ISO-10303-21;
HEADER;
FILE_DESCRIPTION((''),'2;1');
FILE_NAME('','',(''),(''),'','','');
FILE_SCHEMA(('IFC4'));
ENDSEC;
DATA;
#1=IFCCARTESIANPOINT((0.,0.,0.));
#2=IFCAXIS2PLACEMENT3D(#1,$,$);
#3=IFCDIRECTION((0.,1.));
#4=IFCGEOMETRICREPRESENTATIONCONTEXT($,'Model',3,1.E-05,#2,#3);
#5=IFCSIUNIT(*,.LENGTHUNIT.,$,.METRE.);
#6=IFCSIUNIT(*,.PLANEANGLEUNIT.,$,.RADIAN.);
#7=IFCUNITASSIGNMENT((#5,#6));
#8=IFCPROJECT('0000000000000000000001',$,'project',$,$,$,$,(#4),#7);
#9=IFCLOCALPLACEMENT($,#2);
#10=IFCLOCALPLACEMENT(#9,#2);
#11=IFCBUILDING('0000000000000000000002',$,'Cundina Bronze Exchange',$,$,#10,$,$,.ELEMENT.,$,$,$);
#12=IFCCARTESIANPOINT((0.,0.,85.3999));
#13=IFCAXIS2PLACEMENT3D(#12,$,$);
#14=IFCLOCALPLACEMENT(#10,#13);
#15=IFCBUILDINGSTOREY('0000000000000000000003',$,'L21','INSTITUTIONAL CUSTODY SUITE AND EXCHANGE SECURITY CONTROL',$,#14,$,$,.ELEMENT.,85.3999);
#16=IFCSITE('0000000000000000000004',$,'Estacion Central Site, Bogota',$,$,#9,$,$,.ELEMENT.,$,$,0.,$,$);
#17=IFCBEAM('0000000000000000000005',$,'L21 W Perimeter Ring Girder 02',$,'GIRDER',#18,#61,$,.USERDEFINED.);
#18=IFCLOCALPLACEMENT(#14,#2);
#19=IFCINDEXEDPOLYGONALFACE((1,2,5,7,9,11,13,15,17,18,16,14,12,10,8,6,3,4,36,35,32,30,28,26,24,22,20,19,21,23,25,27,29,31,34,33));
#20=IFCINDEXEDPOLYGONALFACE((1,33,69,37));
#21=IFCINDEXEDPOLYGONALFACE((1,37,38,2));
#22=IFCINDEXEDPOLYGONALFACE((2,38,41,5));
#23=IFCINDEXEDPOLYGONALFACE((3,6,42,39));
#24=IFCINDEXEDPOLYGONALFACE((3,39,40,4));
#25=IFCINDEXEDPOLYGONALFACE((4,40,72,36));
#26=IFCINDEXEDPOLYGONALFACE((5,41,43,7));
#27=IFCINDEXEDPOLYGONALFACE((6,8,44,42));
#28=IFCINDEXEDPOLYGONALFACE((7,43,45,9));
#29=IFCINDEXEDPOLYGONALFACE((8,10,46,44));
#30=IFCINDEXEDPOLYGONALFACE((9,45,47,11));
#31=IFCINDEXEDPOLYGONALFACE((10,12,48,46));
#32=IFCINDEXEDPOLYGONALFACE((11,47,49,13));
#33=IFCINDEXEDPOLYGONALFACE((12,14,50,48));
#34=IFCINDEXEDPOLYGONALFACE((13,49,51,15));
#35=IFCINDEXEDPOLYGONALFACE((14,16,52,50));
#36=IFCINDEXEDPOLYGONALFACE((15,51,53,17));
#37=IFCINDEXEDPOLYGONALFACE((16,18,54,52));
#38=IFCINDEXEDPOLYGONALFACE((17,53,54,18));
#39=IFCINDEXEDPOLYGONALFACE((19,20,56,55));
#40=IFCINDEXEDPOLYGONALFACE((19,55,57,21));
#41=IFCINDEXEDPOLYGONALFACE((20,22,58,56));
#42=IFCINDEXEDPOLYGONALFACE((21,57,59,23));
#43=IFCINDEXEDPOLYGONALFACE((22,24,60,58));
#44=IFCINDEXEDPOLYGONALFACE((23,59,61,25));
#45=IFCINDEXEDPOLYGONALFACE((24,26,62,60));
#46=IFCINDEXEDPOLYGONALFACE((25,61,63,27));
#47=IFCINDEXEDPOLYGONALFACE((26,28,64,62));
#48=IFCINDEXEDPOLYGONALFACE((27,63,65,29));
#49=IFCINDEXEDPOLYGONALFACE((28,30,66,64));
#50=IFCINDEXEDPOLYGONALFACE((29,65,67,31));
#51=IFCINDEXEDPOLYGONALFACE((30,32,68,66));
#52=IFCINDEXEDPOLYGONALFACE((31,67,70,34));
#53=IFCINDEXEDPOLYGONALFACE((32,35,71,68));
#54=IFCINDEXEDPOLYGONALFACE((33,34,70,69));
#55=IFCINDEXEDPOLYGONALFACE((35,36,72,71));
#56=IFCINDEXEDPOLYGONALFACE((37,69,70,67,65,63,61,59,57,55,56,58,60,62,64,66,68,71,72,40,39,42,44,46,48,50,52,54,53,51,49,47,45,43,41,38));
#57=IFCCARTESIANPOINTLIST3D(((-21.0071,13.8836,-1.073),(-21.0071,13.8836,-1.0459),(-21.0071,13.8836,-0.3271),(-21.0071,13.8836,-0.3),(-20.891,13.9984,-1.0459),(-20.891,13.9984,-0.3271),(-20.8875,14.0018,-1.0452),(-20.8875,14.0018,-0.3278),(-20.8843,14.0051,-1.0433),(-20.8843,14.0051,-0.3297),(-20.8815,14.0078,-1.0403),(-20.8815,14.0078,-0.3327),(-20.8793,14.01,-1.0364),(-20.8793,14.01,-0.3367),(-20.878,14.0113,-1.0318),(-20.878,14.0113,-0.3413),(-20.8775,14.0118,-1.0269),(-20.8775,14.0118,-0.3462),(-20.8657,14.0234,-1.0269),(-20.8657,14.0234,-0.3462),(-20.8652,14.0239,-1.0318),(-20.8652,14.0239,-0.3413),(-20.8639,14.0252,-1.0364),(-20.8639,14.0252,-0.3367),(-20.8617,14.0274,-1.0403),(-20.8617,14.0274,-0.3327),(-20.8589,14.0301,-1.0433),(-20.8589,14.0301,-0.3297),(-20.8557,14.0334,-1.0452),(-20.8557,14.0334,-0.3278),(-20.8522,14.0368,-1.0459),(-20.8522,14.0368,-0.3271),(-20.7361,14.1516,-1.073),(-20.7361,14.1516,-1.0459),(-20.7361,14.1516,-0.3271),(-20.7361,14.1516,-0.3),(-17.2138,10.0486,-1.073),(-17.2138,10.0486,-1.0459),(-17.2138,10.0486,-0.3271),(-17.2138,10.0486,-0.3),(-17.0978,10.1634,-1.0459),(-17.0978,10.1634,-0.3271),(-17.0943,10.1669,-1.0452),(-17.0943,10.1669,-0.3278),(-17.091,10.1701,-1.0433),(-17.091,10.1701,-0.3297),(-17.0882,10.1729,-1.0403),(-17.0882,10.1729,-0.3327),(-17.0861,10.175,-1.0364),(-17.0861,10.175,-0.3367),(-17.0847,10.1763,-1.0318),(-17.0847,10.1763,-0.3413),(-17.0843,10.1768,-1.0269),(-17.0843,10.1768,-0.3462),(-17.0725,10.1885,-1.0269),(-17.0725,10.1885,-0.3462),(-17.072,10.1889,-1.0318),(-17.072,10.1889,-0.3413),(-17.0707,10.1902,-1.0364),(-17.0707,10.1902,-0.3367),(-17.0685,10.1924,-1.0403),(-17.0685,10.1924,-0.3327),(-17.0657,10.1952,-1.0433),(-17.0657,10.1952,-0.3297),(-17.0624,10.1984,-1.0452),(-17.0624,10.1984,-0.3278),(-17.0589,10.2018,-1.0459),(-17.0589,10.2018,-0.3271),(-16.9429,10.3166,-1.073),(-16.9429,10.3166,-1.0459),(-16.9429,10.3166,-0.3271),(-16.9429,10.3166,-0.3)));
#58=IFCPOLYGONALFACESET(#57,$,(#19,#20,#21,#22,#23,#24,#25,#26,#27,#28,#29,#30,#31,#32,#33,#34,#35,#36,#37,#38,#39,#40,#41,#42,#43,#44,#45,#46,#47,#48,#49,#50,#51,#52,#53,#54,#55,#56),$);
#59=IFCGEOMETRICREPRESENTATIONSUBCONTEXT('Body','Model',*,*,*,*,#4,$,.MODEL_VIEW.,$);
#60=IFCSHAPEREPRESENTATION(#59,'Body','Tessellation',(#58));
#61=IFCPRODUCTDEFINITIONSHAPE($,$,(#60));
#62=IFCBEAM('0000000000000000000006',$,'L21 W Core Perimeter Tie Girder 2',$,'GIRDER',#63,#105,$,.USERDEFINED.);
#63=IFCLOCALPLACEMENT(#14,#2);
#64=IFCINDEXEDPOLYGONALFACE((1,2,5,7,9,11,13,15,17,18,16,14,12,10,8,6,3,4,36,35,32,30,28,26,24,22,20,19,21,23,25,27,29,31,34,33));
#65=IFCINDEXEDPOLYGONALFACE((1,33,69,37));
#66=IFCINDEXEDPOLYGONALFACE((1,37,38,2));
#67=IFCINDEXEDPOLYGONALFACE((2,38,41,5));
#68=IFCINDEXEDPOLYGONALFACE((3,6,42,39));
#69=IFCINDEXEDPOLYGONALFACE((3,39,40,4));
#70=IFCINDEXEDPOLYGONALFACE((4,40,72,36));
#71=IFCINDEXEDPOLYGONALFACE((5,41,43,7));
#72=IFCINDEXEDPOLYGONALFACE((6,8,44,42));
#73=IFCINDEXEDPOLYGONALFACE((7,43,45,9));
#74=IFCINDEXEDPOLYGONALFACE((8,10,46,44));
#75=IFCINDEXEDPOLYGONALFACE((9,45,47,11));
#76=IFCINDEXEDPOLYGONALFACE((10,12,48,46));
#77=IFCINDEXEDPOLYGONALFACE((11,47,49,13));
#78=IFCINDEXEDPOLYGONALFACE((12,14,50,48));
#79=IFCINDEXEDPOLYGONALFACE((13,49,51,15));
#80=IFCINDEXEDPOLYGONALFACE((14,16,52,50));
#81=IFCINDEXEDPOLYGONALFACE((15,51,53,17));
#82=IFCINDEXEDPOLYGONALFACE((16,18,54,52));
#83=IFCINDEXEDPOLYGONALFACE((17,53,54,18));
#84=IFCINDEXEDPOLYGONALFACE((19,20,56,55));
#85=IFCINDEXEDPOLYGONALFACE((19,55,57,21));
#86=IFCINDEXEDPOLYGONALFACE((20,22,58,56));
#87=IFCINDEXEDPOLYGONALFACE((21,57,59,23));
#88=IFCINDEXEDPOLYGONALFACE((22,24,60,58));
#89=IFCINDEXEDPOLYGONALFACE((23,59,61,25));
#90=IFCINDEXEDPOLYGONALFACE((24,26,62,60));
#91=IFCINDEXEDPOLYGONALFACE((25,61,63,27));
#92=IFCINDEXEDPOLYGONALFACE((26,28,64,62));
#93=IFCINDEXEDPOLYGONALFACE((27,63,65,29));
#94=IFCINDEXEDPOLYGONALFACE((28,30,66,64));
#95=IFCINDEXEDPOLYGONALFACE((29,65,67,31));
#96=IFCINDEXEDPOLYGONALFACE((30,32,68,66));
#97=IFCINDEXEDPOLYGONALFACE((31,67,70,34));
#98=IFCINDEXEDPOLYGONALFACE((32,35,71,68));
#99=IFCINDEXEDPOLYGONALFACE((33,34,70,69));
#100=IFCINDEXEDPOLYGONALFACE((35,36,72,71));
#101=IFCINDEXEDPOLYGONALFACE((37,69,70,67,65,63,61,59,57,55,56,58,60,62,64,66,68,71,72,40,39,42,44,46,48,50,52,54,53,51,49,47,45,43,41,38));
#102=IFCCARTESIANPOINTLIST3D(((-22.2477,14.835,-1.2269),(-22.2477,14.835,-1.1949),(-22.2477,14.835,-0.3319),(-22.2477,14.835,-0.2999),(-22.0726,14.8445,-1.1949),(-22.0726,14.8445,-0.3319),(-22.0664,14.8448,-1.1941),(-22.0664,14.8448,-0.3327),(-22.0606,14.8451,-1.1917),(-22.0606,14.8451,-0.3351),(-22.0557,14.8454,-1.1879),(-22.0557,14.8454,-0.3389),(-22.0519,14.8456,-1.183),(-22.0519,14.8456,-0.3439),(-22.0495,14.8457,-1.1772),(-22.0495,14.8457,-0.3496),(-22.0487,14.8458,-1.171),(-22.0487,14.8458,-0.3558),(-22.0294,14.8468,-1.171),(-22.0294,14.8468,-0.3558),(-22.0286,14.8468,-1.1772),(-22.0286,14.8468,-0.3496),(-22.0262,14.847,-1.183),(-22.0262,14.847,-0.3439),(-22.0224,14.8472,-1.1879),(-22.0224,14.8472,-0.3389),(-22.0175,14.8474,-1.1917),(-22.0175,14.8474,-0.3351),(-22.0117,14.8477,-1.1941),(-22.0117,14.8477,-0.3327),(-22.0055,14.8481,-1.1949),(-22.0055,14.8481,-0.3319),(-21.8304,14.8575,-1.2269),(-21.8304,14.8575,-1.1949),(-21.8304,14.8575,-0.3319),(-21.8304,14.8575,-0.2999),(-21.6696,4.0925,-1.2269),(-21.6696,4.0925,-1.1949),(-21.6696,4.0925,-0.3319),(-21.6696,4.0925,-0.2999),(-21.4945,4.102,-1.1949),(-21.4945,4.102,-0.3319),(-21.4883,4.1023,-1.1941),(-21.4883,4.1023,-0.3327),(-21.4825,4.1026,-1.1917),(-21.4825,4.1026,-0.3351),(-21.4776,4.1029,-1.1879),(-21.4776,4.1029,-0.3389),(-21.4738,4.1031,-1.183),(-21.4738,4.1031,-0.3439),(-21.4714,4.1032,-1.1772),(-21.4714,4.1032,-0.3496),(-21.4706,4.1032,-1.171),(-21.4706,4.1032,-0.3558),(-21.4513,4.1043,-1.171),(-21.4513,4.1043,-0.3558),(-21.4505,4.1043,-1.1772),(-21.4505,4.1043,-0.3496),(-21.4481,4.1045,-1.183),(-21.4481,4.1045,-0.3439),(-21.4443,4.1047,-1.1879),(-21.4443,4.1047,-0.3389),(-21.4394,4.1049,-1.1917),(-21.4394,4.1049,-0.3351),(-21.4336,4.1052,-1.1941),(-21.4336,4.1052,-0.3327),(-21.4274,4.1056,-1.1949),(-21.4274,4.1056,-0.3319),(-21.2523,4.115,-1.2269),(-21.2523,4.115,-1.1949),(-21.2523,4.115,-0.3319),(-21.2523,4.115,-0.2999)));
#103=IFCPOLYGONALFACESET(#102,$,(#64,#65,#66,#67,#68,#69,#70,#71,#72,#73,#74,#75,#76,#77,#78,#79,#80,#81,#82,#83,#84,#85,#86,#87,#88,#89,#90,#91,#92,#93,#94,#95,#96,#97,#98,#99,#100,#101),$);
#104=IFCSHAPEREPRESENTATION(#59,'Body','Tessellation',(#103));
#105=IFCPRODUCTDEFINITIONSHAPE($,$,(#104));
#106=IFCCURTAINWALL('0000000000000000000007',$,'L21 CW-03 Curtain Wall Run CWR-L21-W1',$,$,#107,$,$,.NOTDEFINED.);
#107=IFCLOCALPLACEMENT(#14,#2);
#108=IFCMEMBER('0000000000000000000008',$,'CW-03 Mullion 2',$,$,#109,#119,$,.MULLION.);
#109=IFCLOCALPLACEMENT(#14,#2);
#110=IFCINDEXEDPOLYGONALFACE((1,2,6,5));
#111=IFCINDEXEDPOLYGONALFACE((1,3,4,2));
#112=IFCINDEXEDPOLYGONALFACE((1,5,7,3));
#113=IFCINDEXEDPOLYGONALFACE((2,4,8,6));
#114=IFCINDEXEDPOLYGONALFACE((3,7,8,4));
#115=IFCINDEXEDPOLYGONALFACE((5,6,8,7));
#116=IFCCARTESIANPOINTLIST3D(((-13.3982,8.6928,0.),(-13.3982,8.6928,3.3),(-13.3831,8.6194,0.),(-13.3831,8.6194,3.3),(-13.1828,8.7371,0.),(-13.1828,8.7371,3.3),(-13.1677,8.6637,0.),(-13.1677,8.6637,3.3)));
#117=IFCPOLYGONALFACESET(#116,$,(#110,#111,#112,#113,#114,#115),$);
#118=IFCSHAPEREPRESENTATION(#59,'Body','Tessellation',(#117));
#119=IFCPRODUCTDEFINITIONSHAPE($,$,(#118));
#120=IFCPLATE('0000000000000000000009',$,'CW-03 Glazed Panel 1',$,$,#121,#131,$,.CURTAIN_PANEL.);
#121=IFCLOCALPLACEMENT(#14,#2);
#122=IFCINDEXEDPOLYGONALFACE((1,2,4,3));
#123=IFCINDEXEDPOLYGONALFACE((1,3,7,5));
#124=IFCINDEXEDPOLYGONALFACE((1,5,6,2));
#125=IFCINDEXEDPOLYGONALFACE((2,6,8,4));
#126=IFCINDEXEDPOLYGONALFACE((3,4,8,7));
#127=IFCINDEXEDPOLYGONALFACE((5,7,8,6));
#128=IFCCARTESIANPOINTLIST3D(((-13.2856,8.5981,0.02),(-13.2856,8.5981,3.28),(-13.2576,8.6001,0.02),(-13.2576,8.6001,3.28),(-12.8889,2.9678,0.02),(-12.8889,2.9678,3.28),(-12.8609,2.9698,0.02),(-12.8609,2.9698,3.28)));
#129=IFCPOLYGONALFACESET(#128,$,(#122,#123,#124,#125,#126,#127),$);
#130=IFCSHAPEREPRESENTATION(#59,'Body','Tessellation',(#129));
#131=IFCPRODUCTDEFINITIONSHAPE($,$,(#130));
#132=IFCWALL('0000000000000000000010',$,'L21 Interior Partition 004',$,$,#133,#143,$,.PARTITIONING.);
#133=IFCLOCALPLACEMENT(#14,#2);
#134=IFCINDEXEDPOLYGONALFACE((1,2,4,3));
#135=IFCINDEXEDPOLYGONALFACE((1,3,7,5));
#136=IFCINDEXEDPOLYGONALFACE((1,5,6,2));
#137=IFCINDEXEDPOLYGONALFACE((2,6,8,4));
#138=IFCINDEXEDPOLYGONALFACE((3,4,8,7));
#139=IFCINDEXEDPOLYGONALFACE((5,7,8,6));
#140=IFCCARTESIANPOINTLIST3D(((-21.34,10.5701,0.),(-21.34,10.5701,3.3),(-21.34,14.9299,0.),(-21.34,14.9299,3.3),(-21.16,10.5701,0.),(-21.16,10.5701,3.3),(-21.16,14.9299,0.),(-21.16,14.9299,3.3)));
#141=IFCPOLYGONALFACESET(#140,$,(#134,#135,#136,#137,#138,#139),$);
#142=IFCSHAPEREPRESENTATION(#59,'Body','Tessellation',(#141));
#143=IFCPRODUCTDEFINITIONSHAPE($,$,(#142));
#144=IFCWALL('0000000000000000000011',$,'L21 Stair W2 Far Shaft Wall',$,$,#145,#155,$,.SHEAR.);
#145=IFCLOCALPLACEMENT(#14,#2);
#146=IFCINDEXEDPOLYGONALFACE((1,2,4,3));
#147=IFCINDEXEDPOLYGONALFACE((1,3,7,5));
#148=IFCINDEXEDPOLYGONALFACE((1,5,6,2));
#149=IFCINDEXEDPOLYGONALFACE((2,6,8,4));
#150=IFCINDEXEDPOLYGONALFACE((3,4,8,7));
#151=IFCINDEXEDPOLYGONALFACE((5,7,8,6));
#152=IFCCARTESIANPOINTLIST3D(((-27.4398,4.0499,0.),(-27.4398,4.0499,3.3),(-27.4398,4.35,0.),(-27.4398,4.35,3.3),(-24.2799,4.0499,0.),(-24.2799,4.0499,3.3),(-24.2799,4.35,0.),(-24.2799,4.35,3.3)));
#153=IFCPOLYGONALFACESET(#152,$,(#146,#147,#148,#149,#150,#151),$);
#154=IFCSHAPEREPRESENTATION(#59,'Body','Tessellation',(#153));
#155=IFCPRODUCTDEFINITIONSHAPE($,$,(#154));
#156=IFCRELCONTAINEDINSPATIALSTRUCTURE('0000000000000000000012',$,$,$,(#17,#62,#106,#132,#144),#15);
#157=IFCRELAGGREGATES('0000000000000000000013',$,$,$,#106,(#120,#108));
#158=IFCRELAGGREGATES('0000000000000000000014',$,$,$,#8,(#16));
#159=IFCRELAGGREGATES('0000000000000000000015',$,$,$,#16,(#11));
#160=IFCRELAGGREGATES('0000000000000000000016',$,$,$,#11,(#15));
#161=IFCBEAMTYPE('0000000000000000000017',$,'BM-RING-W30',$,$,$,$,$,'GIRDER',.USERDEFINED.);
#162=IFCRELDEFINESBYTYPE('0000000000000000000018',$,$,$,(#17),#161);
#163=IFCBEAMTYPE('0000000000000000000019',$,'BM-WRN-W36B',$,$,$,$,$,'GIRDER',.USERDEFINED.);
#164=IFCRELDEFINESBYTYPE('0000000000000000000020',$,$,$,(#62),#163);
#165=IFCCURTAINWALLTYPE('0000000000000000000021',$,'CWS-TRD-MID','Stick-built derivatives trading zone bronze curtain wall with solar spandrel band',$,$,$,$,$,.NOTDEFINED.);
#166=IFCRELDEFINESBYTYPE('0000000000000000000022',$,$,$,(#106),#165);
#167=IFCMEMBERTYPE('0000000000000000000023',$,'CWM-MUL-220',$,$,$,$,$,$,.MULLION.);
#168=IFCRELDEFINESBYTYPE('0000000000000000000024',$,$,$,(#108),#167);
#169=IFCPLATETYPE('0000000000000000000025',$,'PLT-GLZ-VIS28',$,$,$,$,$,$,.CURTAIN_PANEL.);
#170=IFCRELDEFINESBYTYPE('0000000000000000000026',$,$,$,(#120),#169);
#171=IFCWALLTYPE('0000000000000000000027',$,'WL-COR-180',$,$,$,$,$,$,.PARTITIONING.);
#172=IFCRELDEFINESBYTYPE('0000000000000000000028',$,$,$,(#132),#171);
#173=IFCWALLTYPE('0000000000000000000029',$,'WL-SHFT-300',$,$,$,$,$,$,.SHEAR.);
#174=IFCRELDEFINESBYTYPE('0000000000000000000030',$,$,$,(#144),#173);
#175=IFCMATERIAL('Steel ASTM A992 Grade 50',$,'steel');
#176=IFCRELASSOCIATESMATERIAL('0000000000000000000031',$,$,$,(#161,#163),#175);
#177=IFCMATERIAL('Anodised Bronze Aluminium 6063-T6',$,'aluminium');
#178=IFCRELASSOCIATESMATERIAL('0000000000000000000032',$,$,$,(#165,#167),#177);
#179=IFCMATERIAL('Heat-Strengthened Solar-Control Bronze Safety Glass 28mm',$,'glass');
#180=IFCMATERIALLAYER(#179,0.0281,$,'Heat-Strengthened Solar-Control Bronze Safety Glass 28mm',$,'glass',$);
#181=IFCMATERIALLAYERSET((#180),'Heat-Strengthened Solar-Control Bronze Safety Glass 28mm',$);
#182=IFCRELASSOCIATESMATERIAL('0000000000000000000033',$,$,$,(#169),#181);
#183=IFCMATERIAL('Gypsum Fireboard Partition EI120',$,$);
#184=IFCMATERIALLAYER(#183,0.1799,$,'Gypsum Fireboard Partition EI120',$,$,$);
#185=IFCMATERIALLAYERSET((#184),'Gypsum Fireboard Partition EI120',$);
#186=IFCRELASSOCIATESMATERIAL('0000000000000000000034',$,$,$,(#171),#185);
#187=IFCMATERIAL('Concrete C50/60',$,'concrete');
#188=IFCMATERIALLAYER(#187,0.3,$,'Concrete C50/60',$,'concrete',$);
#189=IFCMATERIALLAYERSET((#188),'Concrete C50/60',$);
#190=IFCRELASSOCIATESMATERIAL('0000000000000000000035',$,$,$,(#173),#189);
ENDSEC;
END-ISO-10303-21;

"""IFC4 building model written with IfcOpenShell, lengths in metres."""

from ifc_helpers import new_model, si_unit, direction, frame, frame_2d, origin, origin_2d, place, context, subcontext, project, spatial, rectangle, i_section, extrude, material, layer, layer_set, material_profile, profile_set, type_object, element, aggregate, save


model = new_model("IFC4")

# Units and contexts
model_context = context("Model", 3, precision=1e-05, world=origin(), true_north=direction((0.0, 1.0)))
body_context = subcontext(model_context, "Body", "Model", "MODEL_VIEW")
ifc_project = project(units=[si_unit("LENGTHUNIT", "METRE"), si_unit("PLANEANGLEUNIT", "RADIAN")], contexts=[model_context])

# Site, building, storey
site_placement = place(None, origin())
site = spatial("IfcSite", under=ifc_project, at=site_placement, Name="Estacion Central Site, Bogota", CompositionType="ELEMENT", RefElevation=0.0)
building_placement = place(site_placement, origin())
building = spatial("IfcBuilding", under=site, at=building_placement, Name="Cundina Bronze Exchange", CompositionType="ELEMENT")
storey_placement = place(building_placement, frame((0.0, 0.0, 85.3999)))
storey = spatial("IfcBuildingStorey", under=building, at=storey_placement, Name="L21", Description="INSTITUTIONAL CUSTODY SUITE AND EXCHANGE SECURITY CONTROL", CompositionType="ELEMENT", Elevation=85.3999)

# Beams
ifc_material_1 = material(Name="Steel ASTM A992 Grade 50", Category="steel")
ifc_material_profile_1 = material_profile(ifc_material_1, i_section(OverallWidth=0.3811, OverallDepth=0.7729, WebThickness=0.0166, FlangeThickness=0.0271, FilletRadius=0.019, at=origin_2d()), Name="W30X173", Category="steel")
ifc_profile_set_1 = profile_set([ifc_material_profile_1], Name="Steel ASTM A992 Grade 50")
beam_type_1 = type_object("IfcBeamType", Name="BM-RING-W30", ElementType="GIRDER", PredefinedType="USERDEFINED", material=ifc_profile_set_1)
beam_1_placement = place(storey_placement, frame((-17.0784, 10.1826, -0.6865), z_axis=(-0.703226, 0.710966, 0.0), x_axis=(-0.710966, -0.703226, 0.0)))
element("IfcBeam", 1, at=beam_1_placement, inside=storey, type_object=beam_type_1, Name="L21 W Perimeter Ring Girder 02", ObjectType="GIRDER", PredefinedType="USERDEFINED", context=body_context, shape_type="SweptSolid", body=[
    extrude(i_section(OverallWidth=0.3811, OverallDepth=0.7729, WebThickness=0.0166, FlangeThickness=0.0271, FilletRadius=0.019, at=origin_2d()), origin(), (0.0, 0.0, 1.0), 5.394),
])
ifc_material_profile_2 = material_profile(ifc_material_1, i_section(OverallWidth=0.418, OverallDepth=0.927, WebThickness=0.0193, FlangeThickness=0.032, FilletRadius=0.0239, at=origin_2d()), Name="W36X231", Category="steel")
ifc_profile_set_2 = profile_set([ifc_material_profile_2], Name="Steel ASTM A992 Grade 50")
beam_type_2 = type_object("IfcBeamType", Name="BM-WRN-W36B", ElementType="GIRDER", PredefinedType="USERDEFINED", material=ifc_profile_set_2)
beam_2_placement = place(storey_placement, frame((-21.4609, 4.1038, -0.7634), z_axis=(-0.053739, 0.998555, 0.0), x_axis=(-0.998555, -0.053739, 0.0)))
element("IfcBeam", 2, at=beam_2_placement, inside=storey, type_object=beam_type_2, Name="L21 W Core Perimeter Tie Girder 2", ObjectType="GIRDER", PredefinedType="USERDEFINED", context=body_context, shape_type="SweptSolid", body=[
    extrude(i_section(OverallWidth=0.418, OverallDepth=0.927, WebThickness=0.0193, FlangeThickness=0.032, FilletRadius=0.0239, at=origin_2d()), origin(), (0.0, 0.0, 1.0), 10.7581),
])

# Curtain wall, member, plate
ifc_material_2 = material(Name="Anodised Bronze Aluminium 6063-T6", Category="aluminium")
curtain_wall_type = type_object("IfcCurtainWallType", Name="CWS-TRD-MID", Description="Stick-built derivatives trading zone bronze curtain wall with solar spandrel band", PredefinedType="NOTDEFINED", material=ifc_material_2)
curtain_wall_placement = place(storey_placement, origin())
curtain_wall = element("IfcCurtainWall", 3, at=curtain_wall_placement, inside=storey, type_object=curtain_wall_type, Name="L21 CW-03 Curtain Wall Run CWR-L21-W1", PredefinedType="NOTDEFINED")
ifc_material_profile_3 = material_profile(ifc_material_2, rectangle(XDim=0.075, YDim=0.22, at=origin_2d()), Name="AL75X220", Category="aluminium")
ifc_profile_set_3 = profile_set([ifc_material_profile_3], Name="Anodised Bronze Aluminium 6063-T6")
member_type = type_object("IfcMemberType", Name="CWM-MUL-220", PredefinedType="MULLION", material=ifc_profile_set_3)
member_placement = place(storey_placement, frame((-13.283, 8.6782, 0.0), z_axis=(0.0, 0.0, 1.0), x_axis=(-0.20142, 0.979505, 0.0)))
member = element("IfcMember", 4, at=member_placement, type_object=member_type, Name="CW-03 Mullion 2", PredefinedType="MULLION", context=body_context, shape_type="SweptSolid", body=[
    extrude(rectangle(XDim=0.075, YDim=0.22, at=origin_2d()), origin(), (0.0, 0.0, 1.0), 3.3),
])
ifc_material_3 = material(Name="Heat-Strengthened Solar-Control Bronze Safety Glass 28mm", Category="glass")
ifc_layer_1 = layer(ifc_material_3, 0.0281, Name="Heat-Strengthened Solar-Control Bronze Safety Glass 28mm", Category="glass")
ifc_layer_set_1 = layer_set([ifc_layer_1], Name="Heat-Strengthened Solar-Control Bronze Safety Glass 28mm")
plate_type = type_object("IfcPlateType", Name="PLT-GLZ-VIS28", PredefinedType="CURTAIN_PANEL", material=ifc_layer_set_1)
plate_placement = place(storey_placement, frame((-13.0732, 5.7839, 0.02), z_axis=(0.0, 0.0, 1.0), x_axis=(-0.070279, 0.997527, 0.0)))
plate = element("IfcPlate", 5, at=plate_placement, type_object=plate_type, Name="CW-03 Glazed Panel 1", PredefinedType="CURTAIN_PANEL", context=body_context, shape_type="SweptSolid", body=[
    extrude(rectangle(XDim=5.6443, YDim=0.0281, at=origin_2d()), origin(), (0.0, 0.0, 1.0), 3.26),
])
aggregate(curtain_wall, [plate, member])

# Walls
ifc_material_4 = material(Name="Gypsum Fireboard Partition EI120")
ifc_layer_2 = layer(ifc_material_4, 0.1799, Name="Gypsum Fireboard Partition EI120")
ifc_layer_set_2 = layer_set([ifc_layer_2], Name="Gypsum Fireboard Partition EI120")
wall_type_1 = type_object("IfcWallType", Name="WL-COR-180", PredefinedType="PARTITIONING", material=ifc_layer_set_2)
wall_1_placement = place(storey_placement, frame((-21.25, 10.5701, 0.0), z_axis=(0.0, 0.0, 1.0), x_axis=(0.0, 1.0, 0.0)))
element("IfcWall", 6, at=wall_1_placement, inside=storey, type_object=wall_type_1, Name="L21 Interior Partition 004", PredefinedType="PARTITIONING", context=body_context, shape_type="SweptSolid", body=[
    extrude(rectangle(XDim=4.3599, YDim=0.1799, at=frame_2d((2.1799, 0.0))), origin(), (0.0, 0.0, 1.0), 3.3),
])
ifc_material_5 = material(Name="Concrete C50/60", Category="concrete")
ifc_layer_3 = layer(ifc_material_5, 0.3, Name="Concrete C50/60", Category="concrete")
ifc_layer_set_3 = layer_set([ifc_layer_3], Name="Concrete C50/60")
wall_type_2 = type_object("IfcWallType", Name="WL-SHFT-300", PredefinedType="SHEAR", material=ifc_layer_set_3)
wall_2_placement = place(storey_placement, frame((-27.4399, 4.2, 0.0), z_axis=(0.0, 0.0, 1.0), x_axis=(1.0, 0.0, 0.0)))
element("IfcWall", 7, at=wall_2_placement, inside=storey, type_object=wall_type_2, Name="L21 Stair W2 Far Shaft Wall", PredefinedType="SHEAR", context=body_context, shape_type="SweptSolid", body=[
    extrude(rectangle(XDim=3.1599, YDim=0.3, at=frame_2d((1.5801, 0.0))), origin(), (0.0, 0.0, 1.0), 3.3),
])

save(model, "model.ifc")
